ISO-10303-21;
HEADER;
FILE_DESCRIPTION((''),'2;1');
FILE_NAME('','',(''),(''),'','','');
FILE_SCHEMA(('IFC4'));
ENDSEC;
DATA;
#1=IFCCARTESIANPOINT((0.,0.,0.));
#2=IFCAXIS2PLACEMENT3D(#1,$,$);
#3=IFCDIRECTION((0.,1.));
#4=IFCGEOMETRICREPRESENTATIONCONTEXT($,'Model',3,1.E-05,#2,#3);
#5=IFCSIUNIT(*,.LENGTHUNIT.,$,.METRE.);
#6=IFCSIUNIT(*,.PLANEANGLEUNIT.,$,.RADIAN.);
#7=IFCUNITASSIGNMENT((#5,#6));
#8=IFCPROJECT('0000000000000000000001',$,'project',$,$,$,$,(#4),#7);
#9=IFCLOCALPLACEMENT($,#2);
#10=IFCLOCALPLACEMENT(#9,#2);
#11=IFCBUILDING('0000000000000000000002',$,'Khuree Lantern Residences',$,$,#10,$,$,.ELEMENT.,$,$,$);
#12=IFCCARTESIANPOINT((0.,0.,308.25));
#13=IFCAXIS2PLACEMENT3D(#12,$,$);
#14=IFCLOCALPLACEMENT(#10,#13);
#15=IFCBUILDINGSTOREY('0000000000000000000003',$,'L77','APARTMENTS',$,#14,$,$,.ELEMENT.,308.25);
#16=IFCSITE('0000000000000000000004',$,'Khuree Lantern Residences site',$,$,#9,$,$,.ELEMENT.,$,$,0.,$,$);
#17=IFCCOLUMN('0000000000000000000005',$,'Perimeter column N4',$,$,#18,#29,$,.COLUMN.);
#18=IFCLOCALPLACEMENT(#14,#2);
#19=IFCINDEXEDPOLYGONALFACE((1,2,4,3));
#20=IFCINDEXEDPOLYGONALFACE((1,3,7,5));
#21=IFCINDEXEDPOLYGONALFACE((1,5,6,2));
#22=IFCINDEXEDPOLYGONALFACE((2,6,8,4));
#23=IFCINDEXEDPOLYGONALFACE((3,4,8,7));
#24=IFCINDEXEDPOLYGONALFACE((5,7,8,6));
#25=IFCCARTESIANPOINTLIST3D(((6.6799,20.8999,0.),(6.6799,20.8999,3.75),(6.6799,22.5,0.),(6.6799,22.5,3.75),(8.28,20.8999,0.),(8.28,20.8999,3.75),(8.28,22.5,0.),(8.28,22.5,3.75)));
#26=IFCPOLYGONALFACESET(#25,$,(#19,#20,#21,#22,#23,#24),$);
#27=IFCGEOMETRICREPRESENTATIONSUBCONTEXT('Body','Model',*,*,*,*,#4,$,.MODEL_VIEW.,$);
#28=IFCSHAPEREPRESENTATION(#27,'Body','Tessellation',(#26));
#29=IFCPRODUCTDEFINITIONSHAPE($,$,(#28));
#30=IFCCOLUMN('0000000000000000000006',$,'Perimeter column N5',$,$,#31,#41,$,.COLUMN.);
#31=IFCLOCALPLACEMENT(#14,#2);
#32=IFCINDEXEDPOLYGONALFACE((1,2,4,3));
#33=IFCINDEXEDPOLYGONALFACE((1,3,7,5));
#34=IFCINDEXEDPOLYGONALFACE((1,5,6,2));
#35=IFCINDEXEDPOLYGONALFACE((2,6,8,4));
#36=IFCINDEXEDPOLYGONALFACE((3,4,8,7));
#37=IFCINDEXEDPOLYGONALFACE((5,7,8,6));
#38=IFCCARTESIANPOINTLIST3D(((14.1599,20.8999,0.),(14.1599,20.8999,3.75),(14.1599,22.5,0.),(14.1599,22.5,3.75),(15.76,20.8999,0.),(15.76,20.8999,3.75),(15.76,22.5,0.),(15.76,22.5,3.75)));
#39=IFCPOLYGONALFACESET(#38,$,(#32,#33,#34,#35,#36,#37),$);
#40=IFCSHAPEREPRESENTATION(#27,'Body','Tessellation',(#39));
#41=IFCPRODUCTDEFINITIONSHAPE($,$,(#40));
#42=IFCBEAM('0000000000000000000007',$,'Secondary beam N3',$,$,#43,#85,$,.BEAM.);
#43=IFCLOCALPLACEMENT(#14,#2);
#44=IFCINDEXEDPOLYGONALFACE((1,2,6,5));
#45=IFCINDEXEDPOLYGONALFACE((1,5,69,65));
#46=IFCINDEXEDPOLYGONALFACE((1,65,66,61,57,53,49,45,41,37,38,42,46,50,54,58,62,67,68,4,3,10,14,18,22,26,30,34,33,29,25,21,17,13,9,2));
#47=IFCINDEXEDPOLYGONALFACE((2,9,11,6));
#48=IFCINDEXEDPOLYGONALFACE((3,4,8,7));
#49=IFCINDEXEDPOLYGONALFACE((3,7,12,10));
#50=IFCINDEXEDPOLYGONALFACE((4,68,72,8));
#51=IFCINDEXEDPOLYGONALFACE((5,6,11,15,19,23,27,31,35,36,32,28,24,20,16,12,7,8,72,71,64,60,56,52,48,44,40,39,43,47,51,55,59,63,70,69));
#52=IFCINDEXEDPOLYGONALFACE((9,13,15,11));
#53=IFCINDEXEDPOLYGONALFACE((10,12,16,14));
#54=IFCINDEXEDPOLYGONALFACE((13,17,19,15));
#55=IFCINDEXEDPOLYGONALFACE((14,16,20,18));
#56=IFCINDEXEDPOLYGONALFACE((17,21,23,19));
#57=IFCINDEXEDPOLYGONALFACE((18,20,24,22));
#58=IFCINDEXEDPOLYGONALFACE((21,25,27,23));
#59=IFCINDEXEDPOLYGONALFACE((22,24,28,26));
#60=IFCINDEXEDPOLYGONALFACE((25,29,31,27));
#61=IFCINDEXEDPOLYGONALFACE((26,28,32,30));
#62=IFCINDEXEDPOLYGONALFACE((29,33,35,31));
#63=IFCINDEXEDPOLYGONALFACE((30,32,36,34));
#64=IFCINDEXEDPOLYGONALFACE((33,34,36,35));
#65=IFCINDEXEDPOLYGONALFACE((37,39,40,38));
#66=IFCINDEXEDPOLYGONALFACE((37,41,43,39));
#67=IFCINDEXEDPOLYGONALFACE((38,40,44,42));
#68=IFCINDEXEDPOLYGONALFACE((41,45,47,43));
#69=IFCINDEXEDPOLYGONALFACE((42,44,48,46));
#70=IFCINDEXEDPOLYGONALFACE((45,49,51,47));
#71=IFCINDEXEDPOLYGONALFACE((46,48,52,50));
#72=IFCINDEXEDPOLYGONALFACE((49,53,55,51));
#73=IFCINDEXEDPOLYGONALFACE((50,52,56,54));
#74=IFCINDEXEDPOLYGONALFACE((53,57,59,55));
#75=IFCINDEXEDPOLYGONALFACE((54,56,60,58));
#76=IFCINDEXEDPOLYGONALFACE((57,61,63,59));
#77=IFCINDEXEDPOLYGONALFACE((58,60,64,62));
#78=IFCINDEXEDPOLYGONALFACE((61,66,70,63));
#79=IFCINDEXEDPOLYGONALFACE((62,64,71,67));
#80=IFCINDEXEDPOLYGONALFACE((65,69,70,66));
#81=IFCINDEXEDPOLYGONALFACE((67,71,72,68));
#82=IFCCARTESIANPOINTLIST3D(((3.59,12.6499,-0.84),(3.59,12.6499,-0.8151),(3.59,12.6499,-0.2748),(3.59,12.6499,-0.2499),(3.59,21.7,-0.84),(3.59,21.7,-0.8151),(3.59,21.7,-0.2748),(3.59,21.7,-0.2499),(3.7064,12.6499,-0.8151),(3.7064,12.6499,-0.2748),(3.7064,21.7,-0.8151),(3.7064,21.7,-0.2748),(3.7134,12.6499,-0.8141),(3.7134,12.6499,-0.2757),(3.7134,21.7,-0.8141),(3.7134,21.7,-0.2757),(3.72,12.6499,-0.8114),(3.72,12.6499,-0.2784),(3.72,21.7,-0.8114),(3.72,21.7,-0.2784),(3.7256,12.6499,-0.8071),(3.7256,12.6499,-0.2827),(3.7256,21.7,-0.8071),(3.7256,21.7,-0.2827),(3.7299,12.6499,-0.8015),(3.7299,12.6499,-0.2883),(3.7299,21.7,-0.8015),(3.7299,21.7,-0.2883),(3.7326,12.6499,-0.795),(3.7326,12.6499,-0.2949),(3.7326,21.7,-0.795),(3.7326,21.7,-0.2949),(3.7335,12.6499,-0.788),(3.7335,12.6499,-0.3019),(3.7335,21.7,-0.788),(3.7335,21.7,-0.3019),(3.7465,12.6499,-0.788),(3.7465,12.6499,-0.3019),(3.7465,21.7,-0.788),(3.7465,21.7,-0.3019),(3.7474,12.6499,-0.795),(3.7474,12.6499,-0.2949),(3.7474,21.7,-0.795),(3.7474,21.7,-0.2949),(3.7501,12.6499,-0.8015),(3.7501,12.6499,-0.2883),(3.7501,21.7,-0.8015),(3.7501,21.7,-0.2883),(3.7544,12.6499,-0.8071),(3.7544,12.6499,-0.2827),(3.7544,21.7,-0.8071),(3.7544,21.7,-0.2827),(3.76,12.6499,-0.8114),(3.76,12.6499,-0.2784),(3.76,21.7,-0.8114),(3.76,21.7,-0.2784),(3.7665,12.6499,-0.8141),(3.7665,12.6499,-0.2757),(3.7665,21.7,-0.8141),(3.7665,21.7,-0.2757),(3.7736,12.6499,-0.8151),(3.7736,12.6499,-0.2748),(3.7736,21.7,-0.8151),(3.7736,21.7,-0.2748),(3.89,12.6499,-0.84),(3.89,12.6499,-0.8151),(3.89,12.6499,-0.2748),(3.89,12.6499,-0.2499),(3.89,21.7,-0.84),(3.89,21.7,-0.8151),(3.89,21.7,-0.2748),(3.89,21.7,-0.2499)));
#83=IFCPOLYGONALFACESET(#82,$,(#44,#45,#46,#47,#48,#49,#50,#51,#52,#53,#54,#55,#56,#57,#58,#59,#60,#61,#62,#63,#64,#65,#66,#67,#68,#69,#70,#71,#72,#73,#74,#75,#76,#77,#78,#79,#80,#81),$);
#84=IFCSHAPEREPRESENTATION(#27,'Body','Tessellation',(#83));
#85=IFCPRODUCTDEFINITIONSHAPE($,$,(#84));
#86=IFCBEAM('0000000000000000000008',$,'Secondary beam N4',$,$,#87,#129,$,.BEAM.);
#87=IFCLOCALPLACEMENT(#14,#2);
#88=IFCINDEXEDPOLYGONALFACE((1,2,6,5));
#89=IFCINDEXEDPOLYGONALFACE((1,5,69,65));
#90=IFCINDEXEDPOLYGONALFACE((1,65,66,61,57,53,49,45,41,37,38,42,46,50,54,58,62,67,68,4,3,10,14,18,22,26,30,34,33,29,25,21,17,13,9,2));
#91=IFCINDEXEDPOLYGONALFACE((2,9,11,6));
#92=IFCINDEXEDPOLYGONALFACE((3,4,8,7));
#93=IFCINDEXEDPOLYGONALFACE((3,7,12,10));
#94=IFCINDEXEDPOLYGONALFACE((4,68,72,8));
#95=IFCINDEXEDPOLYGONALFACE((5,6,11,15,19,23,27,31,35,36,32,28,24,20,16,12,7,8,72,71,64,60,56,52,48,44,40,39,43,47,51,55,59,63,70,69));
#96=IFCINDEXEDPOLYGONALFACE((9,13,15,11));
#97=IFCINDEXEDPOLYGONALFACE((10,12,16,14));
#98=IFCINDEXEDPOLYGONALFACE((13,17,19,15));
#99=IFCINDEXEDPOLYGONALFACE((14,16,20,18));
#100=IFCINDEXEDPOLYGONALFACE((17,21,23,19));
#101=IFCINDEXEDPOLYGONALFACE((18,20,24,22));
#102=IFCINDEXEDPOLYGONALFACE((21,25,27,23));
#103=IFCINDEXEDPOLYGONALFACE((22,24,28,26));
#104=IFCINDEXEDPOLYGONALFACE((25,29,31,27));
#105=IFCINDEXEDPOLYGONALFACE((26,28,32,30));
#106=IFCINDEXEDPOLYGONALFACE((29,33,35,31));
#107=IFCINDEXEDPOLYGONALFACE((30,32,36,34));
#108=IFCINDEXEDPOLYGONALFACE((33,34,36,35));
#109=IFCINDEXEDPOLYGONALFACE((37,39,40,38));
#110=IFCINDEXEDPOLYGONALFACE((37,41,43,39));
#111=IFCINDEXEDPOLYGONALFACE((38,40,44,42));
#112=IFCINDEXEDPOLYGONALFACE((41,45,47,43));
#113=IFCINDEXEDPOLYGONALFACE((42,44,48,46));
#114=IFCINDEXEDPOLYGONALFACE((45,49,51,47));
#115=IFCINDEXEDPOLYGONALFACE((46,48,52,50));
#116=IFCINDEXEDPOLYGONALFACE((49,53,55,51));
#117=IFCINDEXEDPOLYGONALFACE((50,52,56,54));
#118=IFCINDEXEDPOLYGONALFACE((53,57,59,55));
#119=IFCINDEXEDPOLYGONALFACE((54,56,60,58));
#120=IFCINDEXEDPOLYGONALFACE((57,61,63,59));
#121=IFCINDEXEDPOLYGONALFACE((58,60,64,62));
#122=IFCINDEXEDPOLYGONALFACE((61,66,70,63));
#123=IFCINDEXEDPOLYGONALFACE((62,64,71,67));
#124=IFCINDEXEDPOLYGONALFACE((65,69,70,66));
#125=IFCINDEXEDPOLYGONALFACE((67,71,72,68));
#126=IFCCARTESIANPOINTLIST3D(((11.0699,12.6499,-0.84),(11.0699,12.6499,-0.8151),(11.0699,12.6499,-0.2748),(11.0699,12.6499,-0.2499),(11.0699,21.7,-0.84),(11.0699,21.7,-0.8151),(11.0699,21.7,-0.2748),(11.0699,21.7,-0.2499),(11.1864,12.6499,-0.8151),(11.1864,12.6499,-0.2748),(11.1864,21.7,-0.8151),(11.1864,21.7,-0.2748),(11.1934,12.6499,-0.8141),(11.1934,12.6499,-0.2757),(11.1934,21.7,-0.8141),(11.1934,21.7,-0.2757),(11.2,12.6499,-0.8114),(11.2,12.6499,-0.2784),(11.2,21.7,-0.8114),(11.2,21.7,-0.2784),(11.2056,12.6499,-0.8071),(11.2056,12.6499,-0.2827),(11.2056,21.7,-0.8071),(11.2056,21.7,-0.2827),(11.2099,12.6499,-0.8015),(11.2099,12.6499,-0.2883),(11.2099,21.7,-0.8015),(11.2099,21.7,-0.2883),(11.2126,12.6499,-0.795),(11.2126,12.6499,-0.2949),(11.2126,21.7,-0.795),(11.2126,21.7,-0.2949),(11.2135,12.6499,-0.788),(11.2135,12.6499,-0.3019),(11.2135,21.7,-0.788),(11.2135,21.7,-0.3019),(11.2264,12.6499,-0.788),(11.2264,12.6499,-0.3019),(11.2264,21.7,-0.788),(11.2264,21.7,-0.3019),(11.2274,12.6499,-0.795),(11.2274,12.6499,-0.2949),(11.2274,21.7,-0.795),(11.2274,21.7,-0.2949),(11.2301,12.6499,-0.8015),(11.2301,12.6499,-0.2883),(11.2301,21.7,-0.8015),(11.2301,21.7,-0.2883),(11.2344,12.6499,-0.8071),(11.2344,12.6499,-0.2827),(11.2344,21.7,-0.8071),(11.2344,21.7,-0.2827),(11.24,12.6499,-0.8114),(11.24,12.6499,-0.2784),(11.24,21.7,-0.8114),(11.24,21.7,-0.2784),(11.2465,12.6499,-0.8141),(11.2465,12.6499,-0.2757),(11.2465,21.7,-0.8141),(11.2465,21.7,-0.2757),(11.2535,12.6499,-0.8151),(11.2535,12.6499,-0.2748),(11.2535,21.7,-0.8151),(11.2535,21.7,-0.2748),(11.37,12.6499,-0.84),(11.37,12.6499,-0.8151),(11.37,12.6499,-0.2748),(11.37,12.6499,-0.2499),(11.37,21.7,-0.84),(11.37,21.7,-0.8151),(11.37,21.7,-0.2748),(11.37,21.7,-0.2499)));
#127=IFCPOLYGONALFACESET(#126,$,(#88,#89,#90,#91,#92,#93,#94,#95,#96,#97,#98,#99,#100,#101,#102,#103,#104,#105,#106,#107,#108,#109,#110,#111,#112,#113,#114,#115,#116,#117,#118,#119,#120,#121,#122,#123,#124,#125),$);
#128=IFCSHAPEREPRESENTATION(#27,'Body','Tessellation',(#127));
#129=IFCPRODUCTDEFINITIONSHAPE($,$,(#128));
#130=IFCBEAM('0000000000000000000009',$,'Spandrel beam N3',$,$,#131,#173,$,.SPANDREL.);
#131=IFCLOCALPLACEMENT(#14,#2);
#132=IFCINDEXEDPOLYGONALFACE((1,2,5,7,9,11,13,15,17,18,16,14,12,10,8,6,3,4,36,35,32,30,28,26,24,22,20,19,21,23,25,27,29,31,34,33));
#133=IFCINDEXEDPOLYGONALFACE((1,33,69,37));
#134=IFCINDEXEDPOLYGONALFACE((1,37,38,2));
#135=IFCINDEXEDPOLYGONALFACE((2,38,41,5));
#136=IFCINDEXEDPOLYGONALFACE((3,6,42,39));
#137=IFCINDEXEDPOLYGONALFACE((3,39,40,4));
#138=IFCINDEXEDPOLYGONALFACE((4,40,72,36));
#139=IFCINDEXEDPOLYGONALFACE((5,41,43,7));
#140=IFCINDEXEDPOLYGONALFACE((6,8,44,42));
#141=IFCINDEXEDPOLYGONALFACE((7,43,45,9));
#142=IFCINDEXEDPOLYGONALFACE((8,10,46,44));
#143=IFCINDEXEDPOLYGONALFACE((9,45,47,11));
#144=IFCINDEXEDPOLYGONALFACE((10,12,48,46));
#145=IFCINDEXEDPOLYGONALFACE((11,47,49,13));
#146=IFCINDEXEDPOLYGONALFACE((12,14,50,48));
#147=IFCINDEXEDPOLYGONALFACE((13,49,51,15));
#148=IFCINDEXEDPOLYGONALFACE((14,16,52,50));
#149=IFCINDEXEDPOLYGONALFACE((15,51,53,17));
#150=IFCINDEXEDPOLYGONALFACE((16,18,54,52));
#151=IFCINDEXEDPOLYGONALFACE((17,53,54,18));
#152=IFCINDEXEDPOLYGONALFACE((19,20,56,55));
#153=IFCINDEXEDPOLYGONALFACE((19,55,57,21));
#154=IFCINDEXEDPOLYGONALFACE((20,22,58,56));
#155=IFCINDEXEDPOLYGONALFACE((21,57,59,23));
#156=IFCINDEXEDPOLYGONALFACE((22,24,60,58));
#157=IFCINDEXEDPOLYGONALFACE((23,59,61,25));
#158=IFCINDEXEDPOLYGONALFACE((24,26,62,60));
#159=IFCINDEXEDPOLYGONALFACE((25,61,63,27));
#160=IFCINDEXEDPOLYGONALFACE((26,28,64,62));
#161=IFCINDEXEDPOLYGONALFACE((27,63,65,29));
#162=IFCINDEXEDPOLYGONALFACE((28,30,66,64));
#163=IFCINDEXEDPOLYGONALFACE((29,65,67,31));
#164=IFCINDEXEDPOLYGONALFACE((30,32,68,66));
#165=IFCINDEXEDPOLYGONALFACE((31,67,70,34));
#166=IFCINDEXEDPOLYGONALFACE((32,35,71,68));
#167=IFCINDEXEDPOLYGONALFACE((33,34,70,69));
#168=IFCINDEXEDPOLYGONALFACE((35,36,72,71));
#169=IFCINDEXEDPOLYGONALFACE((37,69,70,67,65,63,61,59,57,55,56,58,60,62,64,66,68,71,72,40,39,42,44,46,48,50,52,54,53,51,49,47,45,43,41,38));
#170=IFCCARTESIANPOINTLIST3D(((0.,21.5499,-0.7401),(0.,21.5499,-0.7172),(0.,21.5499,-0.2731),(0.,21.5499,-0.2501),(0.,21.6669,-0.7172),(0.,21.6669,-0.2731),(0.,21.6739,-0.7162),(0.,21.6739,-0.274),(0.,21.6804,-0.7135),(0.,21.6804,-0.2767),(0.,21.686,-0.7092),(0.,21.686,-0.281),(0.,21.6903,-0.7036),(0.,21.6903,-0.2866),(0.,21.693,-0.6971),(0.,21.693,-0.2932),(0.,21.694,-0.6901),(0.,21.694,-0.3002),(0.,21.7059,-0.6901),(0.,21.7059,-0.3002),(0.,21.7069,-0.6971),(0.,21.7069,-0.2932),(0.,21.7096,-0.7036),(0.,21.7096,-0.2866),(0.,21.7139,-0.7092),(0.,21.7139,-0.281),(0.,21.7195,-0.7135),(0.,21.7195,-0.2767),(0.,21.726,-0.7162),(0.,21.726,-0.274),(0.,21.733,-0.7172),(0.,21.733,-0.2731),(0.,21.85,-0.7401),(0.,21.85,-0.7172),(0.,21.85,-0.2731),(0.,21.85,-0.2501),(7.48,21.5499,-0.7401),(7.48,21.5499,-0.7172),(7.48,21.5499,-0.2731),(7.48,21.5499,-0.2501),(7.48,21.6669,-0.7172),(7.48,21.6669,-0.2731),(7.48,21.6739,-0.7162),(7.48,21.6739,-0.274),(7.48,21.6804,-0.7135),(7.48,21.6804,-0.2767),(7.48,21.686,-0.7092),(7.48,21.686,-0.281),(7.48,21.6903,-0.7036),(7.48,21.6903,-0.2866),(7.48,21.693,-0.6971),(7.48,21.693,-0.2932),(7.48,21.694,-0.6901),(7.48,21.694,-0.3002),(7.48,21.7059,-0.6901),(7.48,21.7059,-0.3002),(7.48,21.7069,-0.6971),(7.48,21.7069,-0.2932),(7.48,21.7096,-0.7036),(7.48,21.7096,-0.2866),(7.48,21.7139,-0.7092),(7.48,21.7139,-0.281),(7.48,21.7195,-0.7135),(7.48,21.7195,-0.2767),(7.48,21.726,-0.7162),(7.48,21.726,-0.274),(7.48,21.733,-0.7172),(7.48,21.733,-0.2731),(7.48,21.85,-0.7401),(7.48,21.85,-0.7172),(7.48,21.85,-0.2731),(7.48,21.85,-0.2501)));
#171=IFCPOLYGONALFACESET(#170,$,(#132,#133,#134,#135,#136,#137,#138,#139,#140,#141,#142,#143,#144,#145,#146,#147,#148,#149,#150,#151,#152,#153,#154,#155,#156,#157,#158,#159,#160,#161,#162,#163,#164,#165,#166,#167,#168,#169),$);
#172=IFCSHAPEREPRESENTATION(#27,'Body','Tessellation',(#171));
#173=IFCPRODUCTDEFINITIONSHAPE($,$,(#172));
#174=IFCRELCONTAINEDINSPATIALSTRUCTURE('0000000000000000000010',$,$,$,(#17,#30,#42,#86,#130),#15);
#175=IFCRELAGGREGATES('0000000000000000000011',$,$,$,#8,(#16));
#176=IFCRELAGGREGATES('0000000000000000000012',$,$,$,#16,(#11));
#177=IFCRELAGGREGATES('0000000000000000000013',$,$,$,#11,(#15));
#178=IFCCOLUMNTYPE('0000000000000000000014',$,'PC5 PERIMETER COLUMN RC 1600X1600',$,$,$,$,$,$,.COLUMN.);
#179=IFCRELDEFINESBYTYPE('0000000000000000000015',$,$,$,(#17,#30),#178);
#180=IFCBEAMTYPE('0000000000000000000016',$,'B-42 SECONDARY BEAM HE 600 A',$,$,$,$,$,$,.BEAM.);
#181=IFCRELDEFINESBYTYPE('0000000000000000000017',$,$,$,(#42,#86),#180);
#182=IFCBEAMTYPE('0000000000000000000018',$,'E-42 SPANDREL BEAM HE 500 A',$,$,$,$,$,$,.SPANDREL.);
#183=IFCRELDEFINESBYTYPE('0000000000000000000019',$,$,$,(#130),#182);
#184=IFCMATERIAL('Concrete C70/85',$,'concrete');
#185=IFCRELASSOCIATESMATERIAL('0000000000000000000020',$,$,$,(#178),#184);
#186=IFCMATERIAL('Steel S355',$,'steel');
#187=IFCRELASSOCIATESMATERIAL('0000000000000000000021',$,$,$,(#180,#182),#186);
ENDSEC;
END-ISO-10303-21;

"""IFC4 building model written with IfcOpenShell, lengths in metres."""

from ifc_helpers import new_model, si_unit, direction, frame, origin, origin_2d, place, context, subcontext, project, spatial, rectangle, i_section, extrude, material, material_profile, profile_set, type_object, element, save


model = new_model("IFC4")

# Units and contexts
model_context = context("Model", 3, precision=1e-05, world=origin(), true_north=direction((0.0, 1.0)))
body_context = subcontext(model_context, "Body", "Model", "MODEL_VIEW")
ifc_project = project(units=[si_unit("LENGTHUNIT", "METRE"), si_unit("PLANEANGLEUNIT", "RADIAN")], contexts=[model_context])

# Site, building, storey
site_placement = place(None, origin())
site = spatial("IfcSite", under=ifc_project, at=site_placement, Name="Khuree Lantern Residences site", CompositionType="ELEMENT", RefElevation=0.0)
building_placement = place(site_placement, origin())
building = spatial("IfcBuilding", under=site, at=building_placement, Name="Khuree Lantern Residences", CompositionType="ELEMENT")
storey_placement = place(building_placement, frame((0.0, 0.0, 308.25)))
storey = spatial("IfcBuildingStorey", under=building, at=storey_placement, Name="L77", Description="APARTMENTS", CompositionType="ELEMENT", Elevation=308.25)

# Columns
ifc_material_1 = material(Name="Concrete C70/85", Category="concrete")
ifc_material_profile_1 = material_profile(ifc_material_1, rectangle(XDim=1.6001, YDim=1.6001, at=origin_2d()), Name="RC 1600X1600")
ifc_profile_set_1 = profile_set([ifc_material_profile_1], Name="Concrete C70/85")
column_type = type_object("IfcColumnType", Name="PC5 PERIMETER COLUMN RC 1600X1600", PredefinedType="COLUMN", material=ifc_profile_set_1)
for number, where, z_axis, x_axis, name in (
    (1, (7.48, 21.7, 0.0), (0.0, 0.0, 1.0), (1.0, 0.0, 0.0), "Perimeter column N4"),
    (2, (14.96, 21.7, 0.0), (0.0, 0.0, 1.0), (1.0, 0.0, 0.0), "Perimeter column N5"),
):
    element("IfcColumn", number, at=place(storey_placement, frame(where, z_axis=z_axis, x_axis=x_axis)), inside=storey, type_object=column_type, Name=name, PredefinedType="COLUMN", context=body_context, shape_type="SweptSolid", body=[
        extrude(rectangle(XDim=1.6001, YDim=1.6001, at=origin_2d()), origin(), (0.0, 0.0, 1.0), 3.75),
    ])

# Beams
ifc_material_2 = material(Name="Steel S355", Category="steel")
ifc_material_profile_2 = material_profile(ifc_material_2, i_section(OverallWidth=0.3, OverallDepth=0.5901, WebThickness=0.0129, FlangeThickness=0.0249, FilletRadius=0.0271, at=origin_2d()), Name="HE 600 A")
ifc_profile_set_2 = profile_set([ifc_material_profile_2], Name="Steel S355")
beam_type_1 = type_object("IfcBeamType", Name="B-42 SECONDARY BEAM HE 600 A", PredefinedType="BEAM", material=ifc_profile_set_2)
for number, where, z_axis, x_axis, name in (
    (3, (3.74, 21.7, -0.5449), (0.0, -1.0, 0.0), (1.0, 0.0, 0.0), "Secondary beam N3"),
    (4, (11.22, 21.7, -0.5449), (0.0, -1.0, 0.0), (1.0, 0.0, 0.0), "Secondary beam N4"),
):
    element("IfcBeam", number, at=place(storey_placement, frame(where, z_axis=z_axis, x_axis=x_axis)), inside=storey, type_object=beam_type_1, Name=name, PredefinedType="BEAM", context=body_context, shape_type="SweptSolid", body=[
        extrude(i_section(OverallWidth=0.3, OverallDepth=0.5901, WebThickness=0.0129, FlangeThickness=0.0249, FilletRadius=0.0271, at=origin_2d()), origin(), (0.0, 0.0, 1.0), 9.05),
    ])
ifc_material_profile_3 = material_profile(ifc_material_2, i_section(OverallWidth=0.3, OverallDepth=0.49, WebThickness=0.012, FlangeThickness=0.0229, FilletRadius=0.0271, at=origin_2d()), Name="HE 500 A")
ifc_profile_set_3 = profile_set([ifc_material_profile_3], Name="Steel S355")
beam_type_2 = type_object("IfcBeamType", Name="E-42 SPANDREL BEAM HE 500 A", PredefinedType="SPANDREL", material=ifc_profile_set_3)
for number, where, z_axis, x_axis, name in (
    (5, (0.0, 21.7, -0.4951), (1.0, 0.0, 0.0), (0.0, 1.0, 0.0), "Spandrel beam N3"),
):
    element("IfcBeam", number, at=place(storey_placement, frame(where, z_axis=z_axis, x_axis=x_axis)), inside=storey, type_object=beam_type_2, Name=name, PredefinedType="SPANDREL", context=body_context, shape_type="SweptSolid", body=[
        extrude(i_section(OverallWidth=0.3, OverallDepth=0.49, WebThickness=0.012, FlangeThickness=0.0229, FilletRadius=0.0271, at=origin_2d()), origin(), (0.0, 0.0, 1.0), 7.48),
    ])

save(model, "model.ifc")
